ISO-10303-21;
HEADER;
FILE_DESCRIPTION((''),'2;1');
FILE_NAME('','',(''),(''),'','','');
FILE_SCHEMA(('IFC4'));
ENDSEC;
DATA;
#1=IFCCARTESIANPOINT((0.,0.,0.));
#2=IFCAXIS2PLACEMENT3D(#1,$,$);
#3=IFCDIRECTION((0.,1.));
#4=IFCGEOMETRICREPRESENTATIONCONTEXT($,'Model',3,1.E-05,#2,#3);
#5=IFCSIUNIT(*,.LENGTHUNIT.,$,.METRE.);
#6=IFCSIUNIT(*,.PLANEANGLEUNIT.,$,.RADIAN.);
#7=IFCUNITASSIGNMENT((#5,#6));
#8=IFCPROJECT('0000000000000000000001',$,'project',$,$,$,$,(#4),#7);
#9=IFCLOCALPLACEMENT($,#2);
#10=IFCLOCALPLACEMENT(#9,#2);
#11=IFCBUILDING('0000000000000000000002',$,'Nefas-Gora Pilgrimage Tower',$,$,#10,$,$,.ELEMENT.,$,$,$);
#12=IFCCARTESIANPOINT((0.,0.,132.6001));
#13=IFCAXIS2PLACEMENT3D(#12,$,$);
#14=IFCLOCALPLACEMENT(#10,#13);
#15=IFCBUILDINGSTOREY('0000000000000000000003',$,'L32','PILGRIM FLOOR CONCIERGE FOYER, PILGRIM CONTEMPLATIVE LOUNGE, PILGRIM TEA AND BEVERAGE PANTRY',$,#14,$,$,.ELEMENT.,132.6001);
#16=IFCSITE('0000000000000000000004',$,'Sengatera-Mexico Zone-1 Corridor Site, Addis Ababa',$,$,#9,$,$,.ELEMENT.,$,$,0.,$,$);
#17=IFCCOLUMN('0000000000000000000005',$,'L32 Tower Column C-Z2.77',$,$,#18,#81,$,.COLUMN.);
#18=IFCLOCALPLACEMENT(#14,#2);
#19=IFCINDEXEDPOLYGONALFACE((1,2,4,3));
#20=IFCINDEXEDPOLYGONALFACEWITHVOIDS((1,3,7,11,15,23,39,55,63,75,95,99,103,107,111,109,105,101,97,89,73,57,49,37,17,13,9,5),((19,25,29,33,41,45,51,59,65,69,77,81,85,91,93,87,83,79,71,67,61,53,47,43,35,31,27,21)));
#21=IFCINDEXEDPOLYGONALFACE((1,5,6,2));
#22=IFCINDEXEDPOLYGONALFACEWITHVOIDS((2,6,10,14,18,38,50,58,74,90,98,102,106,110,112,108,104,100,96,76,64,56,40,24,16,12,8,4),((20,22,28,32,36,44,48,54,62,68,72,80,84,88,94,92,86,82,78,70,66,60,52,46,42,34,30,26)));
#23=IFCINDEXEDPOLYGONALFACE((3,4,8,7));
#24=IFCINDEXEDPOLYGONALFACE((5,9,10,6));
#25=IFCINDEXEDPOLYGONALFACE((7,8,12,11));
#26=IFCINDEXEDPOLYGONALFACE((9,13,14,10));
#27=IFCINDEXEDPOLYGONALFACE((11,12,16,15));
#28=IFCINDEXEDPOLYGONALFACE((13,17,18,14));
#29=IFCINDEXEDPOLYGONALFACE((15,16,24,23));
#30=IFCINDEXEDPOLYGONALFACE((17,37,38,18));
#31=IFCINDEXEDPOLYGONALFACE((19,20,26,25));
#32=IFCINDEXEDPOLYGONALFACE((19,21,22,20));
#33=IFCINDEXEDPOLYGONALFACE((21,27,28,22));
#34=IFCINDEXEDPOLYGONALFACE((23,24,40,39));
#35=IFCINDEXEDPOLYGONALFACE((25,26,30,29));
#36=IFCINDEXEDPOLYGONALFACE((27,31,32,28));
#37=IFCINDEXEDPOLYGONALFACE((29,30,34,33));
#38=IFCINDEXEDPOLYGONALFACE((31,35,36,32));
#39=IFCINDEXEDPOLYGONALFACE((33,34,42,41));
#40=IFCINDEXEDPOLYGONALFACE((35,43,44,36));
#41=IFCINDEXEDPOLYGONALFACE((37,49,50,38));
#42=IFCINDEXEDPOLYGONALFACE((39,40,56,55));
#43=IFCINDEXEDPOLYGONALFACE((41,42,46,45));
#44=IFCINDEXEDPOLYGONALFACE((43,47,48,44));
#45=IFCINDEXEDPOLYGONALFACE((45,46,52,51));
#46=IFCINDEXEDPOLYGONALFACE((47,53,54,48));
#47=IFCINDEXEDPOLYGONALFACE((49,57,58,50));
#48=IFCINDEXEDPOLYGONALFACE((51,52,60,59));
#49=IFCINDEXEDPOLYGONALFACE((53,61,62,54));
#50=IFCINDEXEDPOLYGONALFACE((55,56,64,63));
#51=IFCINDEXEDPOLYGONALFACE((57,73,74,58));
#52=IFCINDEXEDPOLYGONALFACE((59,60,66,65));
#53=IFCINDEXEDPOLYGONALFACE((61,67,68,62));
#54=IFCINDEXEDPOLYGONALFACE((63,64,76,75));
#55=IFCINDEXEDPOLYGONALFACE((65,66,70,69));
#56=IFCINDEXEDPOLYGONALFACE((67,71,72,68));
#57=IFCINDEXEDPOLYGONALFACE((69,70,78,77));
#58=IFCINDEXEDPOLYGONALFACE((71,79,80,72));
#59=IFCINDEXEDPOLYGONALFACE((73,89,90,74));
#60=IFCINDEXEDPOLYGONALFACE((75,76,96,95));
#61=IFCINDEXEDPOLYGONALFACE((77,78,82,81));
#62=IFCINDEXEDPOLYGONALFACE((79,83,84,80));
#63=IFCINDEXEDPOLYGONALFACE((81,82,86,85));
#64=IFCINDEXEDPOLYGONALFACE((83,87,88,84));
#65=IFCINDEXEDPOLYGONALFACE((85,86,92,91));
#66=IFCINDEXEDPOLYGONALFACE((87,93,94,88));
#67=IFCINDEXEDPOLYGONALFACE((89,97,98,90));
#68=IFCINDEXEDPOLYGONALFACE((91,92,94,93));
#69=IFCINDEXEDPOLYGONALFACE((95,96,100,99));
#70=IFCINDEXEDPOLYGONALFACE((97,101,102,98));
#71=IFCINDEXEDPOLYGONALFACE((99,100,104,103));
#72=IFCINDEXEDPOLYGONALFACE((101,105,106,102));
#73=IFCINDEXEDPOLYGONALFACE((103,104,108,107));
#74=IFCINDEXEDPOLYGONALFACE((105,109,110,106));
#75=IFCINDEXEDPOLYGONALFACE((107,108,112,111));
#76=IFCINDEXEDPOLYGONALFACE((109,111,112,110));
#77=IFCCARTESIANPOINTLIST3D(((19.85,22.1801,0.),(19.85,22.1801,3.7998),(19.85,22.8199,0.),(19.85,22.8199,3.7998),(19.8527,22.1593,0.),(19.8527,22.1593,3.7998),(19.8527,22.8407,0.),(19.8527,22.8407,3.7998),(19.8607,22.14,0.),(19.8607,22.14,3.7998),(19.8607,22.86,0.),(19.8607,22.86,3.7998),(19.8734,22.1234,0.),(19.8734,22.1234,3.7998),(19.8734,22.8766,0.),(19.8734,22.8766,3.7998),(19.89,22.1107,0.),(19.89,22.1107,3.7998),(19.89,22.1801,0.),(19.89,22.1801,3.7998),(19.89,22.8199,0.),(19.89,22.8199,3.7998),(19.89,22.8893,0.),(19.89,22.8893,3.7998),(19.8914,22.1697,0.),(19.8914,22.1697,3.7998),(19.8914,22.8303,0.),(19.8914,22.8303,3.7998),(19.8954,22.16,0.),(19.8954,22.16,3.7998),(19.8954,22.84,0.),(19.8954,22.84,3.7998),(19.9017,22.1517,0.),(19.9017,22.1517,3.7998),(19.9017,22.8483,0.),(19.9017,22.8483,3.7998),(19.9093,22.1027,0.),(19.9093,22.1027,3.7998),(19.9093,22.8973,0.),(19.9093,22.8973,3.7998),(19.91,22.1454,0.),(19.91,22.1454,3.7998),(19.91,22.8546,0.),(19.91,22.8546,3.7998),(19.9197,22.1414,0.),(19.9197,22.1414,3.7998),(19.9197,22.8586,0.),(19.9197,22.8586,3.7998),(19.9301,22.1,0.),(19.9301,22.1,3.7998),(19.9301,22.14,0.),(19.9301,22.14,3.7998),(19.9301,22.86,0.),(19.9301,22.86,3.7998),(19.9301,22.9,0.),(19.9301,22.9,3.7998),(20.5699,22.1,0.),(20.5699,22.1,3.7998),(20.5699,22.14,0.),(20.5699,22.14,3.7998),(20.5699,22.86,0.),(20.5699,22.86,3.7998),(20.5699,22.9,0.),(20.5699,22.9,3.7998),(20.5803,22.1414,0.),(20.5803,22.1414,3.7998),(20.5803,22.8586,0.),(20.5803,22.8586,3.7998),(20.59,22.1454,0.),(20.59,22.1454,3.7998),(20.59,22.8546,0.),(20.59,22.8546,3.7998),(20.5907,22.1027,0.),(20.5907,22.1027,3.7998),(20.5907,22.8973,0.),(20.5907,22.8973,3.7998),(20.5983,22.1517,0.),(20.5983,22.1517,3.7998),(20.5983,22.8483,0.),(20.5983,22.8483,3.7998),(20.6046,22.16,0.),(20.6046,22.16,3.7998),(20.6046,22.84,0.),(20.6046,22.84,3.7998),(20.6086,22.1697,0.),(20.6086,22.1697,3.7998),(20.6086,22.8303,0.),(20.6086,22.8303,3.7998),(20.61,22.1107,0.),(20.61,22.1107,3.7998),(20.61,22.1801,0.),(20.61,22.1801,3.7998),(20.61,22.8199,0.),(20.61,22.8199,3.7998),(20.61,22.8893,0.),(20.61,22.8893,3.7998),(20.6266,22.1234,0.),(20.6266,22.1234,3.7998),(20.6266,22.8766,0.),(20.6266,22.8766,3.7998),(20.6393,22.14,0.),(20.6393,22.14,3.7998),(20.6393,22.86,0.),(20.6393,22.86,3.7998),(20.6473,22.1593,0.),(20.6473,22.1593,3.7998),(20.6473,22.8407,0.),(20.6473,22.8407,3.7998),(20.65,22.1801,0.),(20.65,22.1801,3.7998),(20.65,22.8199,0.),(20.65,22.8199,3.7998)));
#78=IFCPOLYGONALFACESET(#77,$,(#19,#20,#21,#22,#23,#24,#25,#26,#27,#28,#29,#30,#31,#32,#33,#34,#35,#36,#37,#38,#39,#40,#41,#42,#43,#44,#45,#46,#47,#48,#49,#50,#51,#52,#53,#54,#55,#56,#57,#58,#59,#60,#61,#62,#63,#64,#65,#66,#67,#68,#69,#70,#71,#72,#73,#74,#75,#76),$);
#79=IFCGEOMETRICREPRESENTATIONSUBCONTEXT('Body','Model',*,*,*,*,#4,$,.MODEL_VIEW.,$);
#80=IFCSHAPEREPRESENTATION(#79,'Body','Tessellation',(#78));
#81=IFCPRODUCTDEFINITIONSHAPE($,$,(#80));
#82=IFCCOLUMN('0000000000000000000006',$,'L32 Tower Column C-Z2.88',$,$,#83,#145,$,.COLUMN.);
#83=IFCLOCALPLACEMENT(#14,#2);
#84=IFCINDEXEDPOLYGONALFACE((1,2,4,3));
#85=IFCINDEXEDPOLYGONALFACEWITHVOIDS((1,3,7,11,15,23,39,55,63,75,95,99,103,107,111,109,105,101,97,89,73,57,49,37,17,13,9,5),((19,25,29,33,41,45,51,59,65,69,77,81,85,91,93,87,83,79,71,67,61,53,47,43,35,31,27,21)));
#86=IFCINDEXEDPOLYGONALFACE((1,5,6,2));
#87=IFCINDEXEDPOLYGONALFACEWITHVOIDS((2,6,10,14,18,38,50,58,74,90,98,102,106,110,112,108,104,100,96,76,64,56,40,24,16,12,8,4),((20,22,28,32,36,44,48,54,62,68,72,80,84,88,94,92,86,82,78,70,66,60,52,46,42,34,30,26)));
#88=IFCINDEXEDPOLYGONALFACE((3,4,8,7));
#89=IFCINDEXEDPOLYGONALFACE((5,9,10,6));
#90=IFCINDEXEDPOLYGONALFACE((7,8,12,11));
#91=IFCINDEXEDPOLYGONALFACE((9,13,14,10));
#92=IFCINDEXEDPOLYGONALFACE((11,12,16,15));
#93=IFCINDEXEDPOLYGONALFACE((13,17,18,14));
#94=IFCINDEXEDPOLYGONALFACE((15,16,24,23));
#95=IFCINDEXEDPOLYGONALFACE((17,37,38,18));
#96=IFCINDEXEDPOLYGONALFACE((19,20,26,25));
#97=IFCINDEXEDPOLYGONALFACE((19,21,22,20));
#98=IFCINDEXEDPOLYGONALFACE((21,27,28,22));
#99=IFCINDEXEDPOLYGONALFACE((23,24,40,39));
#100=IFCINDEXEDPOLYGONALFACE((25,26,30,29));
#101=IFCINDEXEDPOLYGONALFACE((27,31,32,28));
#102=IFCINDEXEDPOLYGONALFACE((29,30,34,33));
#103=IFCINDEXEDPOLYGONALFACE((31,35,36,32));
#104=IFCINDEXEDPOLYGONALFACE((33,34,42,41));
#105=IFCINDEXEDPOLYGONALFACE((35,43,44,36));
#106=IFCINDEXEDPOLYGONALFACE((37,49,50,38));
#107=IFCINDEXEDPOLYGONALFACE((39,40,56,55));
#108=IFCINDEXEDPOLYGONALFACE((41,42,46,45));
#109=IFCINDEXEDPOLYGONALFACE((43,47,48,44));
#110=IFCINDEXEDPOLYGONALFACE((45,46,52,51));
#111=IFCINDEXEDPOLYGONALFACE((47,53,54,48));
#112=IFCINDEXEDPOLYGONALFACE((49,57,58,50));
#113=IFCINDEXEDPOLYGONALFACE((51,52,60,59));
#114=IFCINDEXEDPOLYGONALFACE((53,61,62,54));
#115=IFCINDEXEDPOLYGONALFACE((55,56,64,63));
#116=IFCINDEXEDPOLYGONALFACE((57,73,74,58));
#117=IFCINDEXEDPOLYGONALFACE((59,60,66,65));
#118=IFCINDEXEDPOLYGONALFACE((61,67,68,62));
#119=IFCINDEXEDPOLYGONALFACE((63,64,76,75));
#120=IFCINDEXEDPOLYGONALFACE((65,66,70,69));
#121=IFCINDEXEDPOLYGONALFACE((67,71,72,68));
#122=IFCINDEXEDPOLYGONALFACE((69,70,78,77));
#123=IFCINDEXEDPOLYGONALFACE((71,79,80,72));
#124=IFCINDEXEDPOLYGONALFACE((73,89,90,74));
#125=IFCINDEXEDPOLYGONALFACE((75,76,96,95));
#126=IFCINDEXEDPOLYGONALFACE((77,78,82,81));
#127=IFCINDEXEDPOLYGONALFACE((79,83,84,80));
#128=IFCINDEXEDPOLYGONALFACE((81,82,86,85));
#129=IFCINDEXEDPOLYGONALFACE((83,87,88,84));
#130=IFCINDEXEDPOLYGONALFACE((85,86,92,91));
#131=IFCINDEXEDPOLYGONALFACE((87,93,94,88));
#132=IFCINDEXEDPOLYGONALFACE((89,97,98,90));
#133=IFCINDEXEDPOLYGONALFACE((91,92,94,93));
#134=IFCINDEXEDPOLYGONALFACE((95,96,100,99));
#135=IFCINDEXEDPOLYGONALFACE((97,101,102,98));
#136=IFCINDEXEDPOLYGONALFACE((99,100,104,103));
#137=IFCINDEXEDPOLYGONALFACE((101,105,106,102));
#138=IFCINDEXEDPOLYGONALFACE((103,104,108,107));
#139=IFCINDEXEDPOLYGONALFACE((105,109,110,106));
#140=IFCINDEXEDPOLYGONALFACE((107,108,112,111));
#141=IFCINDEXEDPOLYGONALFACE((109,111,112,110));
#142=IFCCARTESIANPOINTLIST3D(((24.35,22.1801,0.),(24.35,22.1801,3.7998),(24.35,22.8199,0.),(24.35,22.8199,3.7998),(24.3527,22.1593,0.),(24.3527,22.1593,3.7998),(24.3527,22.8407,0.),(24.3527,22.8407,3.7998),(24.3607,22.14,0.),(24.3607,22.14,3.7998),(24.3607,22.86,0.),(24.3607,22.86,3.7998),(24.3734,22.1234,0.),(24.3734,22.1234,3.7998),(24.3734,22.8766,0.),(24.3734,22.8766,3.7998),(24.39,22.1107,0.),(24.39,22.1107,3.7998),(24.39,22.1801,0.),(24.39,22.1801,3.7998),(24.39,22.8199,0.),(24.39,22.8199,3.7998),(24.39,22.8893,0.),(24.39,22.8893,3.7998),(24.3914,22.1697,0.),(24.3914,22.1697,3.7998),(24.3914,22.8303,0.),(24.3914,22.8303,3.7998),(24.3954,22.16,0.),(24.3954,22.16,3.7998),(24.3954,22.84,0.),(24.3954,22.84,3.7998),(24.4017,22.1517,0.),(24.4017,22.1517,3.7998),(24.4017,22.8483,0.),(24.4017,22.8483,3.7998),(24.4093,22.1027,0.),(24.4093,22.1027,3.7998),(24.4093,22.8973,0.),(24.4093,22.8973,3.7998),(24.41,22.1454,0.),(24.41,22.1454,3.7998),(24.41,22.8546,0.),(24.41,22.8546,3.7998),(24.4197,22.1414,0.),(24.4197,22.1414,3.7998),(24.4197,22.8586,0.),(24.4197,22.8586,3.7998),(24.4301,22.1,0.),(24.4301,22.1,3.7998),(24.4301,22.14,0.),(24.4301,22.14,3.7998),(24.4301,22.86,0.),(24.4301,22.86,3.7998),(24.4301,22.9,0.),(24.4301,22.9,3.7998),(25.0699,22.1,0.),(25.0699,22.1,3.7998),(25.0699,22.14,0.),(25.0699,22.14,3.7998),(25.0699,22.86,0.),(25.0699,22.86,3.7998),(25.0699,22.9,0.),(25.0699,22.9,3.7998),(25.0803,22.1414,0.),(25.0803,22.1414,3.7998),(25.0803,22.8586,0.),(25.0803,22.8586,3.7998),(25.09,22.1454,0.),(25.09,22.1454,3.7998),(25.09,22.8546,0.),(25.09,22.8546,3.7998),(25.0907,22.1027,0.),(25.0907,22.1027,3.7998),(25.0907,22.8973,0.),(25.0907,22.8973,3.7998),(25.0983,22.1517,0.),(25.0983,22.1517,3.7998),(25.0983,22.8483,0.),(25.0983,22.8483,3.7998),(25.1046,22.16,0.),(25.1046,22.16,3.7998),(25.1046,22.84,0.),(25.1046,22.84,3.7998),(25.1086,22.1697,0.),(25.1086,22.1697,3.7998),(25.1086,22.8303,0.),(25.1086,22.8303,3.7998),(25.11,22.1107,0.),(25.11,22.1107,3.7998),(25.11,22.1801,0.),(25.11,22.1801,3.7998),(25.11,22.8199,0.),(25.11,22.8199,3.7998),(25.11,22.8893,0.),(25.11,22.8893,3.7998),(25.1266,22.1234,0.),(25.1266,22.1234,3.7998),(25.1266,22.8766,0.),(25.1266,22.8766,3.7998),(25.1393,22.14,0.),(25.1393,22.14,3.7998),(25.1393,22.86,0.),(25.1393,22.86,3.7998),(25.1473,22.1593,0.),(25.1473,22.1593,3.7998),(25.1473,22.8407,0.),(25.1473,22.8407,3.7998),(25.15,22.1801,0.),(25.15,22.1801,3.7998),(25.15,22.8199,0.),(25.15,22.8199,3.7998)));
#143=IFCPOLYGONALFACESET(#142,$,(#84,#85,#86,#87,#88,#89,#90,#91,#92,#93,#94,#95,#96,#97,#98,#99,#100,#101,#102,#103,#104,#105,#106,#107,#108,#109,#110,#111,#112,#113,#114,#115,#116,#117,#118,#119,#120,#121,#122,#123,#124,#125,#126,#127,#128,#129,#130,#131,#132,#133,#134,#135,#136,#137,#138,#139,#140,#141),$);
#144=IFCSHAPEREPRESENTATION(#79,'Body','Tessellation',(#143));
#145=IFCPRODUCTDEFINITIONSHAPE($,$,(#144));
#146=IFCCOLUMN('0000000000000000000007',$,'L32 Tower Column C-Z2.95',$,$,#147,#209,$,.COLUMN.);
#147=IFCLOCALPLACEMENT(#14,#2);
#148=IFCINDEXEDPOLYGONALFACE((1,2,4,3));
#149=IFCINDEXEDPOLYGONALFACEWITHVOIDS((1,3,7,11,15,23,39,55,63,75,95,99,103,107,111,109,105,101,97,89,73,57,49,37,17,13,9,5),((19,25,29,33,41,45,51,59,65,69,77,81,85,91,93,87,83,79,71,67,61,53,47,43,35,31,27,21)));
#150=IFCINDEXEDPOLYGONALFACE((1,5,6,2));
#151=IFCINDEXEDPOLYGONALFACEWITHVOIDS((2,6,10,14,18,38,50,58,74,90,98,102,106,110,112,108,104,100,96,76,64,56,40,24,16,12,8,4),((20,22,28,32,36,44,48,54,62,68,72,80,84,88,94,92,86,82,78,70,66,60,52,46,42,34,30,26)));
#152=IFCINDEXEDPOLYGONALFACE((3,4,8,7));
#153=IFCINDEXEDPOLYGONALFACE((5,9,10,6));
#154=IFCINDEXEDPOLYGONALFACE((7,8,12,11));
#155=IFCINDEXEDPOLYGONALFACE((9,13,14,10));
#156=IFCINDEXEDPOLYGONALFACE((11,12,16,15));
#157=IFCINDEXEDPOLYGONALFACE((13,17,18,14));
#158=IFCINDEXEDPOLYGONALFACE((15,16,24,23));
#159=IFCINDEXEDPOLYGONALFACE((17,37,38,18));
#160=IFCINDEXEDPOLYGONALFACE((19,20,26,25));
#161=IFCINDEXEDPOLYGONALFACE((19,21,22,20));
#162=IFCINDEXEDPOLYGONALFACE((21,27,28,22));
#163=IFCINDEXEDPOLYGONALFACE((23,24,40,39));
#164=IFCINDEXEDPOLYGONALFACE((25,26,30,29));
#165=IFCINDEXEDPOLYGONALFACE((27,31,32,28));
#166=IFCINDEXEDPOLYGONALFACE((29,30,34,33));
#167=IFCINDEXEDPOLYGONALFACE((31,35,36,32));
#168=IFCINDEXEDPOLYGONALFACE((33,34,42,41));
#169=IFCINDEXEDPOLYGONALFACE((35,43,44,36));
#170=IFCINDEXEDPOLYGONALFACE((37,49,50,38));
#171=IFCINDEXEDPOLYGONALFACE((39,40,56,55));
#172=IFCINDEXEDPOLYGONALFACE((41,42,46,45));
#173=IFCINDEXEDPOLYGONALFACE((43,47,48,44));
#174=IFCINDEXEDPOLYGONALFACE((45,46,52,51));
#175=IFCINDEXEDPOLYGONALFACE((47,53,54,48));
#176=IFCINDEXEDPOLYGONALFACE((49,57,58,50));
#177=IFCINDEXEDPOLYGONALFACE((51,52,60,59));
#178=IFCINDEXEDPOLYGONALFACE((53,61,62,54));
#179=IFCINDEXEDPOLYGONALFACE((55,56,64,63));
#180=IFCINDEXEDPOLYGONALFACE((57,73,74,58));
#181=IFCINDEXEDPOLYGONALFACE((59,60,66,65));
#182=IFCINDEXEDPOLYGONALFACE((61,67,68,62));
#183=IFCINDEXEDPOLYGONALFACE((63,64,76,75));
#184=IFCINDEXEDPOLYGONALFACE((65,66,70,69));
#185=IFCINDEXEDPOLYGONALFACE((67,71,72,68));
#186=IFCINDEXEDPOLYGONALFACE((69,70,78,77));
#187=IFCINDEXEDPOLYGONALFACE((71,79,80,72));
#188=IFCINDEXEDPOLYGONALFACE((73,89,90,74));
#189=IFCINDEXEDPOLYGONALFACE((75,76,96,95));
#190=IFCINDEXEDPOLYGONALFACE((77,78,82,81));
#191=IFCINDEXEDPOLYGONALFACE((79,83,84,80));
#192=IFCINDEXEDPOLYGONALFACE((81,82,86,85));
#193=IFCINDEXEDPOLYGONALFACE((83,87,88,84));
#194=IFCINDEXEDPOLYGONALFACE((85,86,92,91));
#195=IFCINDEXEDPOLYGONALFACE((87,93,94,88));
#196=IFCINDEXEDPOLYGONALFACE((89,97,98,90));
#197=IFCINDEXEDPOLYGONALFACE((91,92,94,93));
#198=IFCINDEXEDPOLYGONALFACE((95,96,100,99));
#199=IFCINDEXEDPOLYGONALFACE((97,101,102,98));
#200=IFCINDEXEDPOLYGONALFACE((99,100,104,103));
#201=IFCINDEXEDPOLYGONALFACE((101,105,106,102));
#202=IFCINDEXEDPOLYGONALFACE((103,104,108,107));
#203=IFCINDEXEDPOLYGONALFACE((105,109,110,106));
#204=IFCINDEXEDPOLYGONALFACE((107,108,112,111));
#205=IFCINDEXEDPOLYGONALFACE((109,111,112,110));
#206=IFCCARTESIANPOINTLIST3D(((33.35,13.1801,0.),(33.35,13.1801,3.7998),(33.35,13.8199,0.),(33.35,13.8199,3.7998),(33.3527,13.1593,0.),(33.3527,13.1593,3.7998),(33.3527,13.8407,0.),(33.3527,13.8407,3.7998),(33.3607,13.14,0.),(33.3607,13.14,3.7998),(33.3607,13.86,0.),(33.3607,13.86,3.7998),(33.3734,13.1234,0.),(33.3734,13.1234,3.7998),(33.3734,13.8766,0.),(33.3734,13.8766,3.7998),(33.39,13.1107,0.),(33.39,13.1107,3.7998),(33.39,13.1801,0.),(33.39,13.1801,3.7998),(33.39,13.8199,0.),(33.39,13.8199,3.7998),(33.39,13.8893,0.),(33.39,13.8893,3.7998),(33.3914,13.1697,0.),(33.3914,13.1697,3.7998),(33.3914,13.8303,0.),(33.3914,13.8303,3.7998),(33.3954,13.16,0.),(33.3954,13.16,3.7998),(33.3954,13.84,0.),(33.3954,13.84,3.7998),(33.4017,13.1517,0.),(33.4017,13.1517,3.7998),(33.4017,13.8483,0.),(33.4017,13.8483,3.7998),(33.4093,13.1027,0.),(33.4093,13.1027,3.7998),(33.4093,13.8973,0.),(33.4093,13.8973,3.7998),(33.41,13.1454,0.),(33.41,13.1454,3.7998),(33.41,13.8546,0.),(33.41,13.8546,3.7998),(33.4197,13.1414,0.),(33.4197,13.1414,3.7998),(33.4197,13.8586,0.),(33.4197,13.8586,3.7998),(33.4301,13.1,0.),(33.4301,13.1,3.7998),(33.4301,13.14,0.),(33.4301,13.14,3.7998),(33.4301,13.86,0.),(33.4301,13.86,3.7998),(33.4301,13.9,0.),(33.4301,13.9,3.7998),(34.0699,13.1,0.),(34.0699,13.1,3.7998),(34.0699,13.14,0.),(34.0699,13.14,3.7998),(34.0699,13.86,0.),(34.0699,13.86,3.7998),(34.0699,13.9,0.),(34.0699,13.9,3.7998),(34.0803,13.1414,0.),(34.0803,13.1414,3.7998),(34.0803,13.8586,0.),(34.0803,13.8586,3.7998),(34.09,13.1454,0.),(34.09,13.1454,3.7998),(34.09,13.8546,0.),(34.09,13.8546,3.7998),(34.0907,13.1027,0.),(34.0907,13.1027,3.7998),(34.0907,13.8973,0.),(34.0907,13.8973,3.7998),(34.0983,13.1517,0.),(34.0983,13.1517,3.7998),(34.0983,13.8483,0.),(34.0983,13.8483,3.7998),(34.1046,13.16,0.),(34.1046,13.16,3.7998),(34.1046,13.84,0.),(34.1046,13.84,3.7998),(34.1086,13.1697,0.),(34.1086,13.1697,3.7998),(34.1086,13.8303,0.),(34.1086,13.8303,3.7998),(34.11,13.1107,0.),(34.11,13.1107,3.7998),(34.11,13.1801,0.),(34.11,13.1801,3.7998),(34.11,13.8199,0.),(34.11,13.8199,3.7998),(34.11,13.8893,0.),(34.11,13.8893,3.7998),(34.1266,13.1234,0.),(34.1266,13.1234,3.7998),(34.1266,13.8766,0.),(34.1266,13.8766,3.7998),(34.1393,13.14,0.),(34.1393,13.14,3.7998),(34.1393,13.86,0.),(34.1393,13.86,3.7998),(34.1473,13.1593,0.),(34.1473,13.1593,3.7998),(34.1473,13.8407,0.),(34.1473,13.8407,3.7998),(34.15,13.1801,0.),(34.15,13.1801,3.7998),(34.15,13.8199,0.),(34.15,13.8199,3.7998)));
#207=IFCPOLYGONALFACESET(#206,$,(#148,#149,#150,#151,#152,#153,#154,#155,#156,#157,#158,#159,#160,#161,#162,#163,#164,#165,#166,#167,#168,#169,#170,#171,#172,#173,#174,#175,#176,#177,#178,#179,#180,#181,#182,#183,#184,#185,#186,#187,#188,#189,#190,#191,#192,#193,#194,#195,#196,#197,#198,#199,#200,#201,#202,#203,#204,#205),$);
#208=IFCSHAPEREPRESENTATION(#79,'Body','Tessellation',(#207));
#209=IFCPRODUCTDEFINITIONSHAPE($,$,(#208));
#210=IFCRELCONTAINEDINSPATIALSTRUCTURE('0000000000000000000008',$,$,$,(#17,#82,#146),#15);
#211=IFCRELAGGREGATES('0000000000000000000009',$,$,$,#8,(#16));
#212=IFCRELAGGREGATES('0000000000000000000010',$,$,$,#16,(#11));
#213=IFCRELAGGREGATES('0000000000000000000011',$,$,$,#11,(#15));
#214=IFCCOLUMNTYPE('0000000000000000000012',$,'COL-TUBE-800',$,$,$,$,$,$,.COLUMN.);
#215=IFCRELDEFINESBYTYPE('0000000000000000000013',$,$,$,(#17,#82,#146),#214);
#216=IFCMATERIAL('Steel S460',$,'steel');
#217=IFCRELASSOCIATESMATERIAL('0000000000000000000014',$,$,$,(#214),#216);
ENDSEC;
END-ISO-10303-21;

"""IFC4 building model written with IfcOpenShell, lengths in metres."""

from ifc_helpers import new_model, si_unit, direction, frame, origin, origin_2d, place, context, subcontext, project, spatial, hollow_rectangle, extrude, source, transform, mapped, material, material_profile, profile_set, type_object, element, save


model = new_model("IFC4")

# Units and contexts
model_context = context("Model", 3, precision=1e-05, world=origin(), true_north=direction((0.0, 1.0)))
body_context = subcontext(model_context, "Body", "Model", "MODEL_VIEW")
ifc_project = project(units=[si_unit("LENGTHUNIT", "METRE"), si_unit("PLANEANGLEUNIT", "RADIAN")], contexts=[model_context])

# Site, building, storey
site_placement = place(None, origin())
site = spatial("IfcSite", under=ifc_project, at=site_placement, Name="Sengatera-Mexico Zone-1 Corridor Site, Addis Ababa", CompositionType="ELEMENT", RefElevation=0.0)
building_placement = place(site_placement, origin())
building = spatial("IfcBuilding", under=site, at=building_placement, Name="Nefas-Gora Pilgrimage Tower", CompositionType="ELEMENT")
storey_placement = place(building_placement, frame((0.0, 0.0, 132.6001)))
storey = spatial("IfcBuildingStorey", under=building, at=storey_placement, Name="L32", Description="PILGRIM FLOOR CONCIERGE FOYER, PILGRIM CONTEMPLATIVE LOUNGE, PILGRIM TEA AND BEVERAGE PANTRY", CompositionType="ELEMENT", Elevation=132.6001)

# Columns
ifc_material_1 = material(Name="Steel S460", Category="steel")
ifc_material_profile_1 = material_profile(ifc_material_1, hollow_rectangle(XDim=0.8, YDim=0.8, WallThickness=0.04, InnerFilletRadius=0.04, OuterFilletRadius=0.0801, at=origin_2d()), Name="BOX 800x800x40")
ifc_profile_set_1 = profile_set([ifc_material_profile_1], Name="Steel S460")
column_type_1 = type_object("IfcColumnType", Name="COL-TUBE-800", PredefinedType="COLUMN", material=ifc_profile_set_1)
shared_shape_1 = source(origin(), body_context, "Body", "SweptSolid", [
    extrude(hollow_rectangle(XDim=0.8, YDim=0.8, WallThickness=0.04, InnerFilletRadius=0.04, OuterFilletRadius=0.0801, at=origin_2d()), origin(), (0.0, 0.0, 1.0), 3.7998),
])
for number, where, z_axis, x_axis, name in (
    (1, (20.25, 22.5, 0.0), (0.0, 0.0, 1.0), (1.0, 0.0, 0.0), "L32 Tower Column C-Z2.77"),
    (2, (24.75, 22.5, 0.0), (0.0, 0.0, 1.0), (1.0, 0.0, 0.0), "L32 Tower Column C-Z2.88"),
    (3, (33.75, 13.5, 0.0), (0.0, 0.0, 1.0), (1.0, 0.0, 0.0), "L32 Tower Column C-Z2.95"),
):
    element("IfcColumn", number, at=place(storey_placement, frame(where, z_axis=z_axis, x_axis=x_axis)), inside=storey, type_object=column_type_1, Name=name, PredefinedType="COLUMN", context=body_context, shape_type="MappedRepresentation", body=[
        mapped(shared_shape_1, transform((0.0, 0.0, 0.0), x_axis=(1.0, 0.0, 0.0), y_axis=(0.0, 1.0, 0.0), z_axis=(0.0, 0.0, 1.0), scale=1.0)),
    ])

save(model, "model.ifc")
